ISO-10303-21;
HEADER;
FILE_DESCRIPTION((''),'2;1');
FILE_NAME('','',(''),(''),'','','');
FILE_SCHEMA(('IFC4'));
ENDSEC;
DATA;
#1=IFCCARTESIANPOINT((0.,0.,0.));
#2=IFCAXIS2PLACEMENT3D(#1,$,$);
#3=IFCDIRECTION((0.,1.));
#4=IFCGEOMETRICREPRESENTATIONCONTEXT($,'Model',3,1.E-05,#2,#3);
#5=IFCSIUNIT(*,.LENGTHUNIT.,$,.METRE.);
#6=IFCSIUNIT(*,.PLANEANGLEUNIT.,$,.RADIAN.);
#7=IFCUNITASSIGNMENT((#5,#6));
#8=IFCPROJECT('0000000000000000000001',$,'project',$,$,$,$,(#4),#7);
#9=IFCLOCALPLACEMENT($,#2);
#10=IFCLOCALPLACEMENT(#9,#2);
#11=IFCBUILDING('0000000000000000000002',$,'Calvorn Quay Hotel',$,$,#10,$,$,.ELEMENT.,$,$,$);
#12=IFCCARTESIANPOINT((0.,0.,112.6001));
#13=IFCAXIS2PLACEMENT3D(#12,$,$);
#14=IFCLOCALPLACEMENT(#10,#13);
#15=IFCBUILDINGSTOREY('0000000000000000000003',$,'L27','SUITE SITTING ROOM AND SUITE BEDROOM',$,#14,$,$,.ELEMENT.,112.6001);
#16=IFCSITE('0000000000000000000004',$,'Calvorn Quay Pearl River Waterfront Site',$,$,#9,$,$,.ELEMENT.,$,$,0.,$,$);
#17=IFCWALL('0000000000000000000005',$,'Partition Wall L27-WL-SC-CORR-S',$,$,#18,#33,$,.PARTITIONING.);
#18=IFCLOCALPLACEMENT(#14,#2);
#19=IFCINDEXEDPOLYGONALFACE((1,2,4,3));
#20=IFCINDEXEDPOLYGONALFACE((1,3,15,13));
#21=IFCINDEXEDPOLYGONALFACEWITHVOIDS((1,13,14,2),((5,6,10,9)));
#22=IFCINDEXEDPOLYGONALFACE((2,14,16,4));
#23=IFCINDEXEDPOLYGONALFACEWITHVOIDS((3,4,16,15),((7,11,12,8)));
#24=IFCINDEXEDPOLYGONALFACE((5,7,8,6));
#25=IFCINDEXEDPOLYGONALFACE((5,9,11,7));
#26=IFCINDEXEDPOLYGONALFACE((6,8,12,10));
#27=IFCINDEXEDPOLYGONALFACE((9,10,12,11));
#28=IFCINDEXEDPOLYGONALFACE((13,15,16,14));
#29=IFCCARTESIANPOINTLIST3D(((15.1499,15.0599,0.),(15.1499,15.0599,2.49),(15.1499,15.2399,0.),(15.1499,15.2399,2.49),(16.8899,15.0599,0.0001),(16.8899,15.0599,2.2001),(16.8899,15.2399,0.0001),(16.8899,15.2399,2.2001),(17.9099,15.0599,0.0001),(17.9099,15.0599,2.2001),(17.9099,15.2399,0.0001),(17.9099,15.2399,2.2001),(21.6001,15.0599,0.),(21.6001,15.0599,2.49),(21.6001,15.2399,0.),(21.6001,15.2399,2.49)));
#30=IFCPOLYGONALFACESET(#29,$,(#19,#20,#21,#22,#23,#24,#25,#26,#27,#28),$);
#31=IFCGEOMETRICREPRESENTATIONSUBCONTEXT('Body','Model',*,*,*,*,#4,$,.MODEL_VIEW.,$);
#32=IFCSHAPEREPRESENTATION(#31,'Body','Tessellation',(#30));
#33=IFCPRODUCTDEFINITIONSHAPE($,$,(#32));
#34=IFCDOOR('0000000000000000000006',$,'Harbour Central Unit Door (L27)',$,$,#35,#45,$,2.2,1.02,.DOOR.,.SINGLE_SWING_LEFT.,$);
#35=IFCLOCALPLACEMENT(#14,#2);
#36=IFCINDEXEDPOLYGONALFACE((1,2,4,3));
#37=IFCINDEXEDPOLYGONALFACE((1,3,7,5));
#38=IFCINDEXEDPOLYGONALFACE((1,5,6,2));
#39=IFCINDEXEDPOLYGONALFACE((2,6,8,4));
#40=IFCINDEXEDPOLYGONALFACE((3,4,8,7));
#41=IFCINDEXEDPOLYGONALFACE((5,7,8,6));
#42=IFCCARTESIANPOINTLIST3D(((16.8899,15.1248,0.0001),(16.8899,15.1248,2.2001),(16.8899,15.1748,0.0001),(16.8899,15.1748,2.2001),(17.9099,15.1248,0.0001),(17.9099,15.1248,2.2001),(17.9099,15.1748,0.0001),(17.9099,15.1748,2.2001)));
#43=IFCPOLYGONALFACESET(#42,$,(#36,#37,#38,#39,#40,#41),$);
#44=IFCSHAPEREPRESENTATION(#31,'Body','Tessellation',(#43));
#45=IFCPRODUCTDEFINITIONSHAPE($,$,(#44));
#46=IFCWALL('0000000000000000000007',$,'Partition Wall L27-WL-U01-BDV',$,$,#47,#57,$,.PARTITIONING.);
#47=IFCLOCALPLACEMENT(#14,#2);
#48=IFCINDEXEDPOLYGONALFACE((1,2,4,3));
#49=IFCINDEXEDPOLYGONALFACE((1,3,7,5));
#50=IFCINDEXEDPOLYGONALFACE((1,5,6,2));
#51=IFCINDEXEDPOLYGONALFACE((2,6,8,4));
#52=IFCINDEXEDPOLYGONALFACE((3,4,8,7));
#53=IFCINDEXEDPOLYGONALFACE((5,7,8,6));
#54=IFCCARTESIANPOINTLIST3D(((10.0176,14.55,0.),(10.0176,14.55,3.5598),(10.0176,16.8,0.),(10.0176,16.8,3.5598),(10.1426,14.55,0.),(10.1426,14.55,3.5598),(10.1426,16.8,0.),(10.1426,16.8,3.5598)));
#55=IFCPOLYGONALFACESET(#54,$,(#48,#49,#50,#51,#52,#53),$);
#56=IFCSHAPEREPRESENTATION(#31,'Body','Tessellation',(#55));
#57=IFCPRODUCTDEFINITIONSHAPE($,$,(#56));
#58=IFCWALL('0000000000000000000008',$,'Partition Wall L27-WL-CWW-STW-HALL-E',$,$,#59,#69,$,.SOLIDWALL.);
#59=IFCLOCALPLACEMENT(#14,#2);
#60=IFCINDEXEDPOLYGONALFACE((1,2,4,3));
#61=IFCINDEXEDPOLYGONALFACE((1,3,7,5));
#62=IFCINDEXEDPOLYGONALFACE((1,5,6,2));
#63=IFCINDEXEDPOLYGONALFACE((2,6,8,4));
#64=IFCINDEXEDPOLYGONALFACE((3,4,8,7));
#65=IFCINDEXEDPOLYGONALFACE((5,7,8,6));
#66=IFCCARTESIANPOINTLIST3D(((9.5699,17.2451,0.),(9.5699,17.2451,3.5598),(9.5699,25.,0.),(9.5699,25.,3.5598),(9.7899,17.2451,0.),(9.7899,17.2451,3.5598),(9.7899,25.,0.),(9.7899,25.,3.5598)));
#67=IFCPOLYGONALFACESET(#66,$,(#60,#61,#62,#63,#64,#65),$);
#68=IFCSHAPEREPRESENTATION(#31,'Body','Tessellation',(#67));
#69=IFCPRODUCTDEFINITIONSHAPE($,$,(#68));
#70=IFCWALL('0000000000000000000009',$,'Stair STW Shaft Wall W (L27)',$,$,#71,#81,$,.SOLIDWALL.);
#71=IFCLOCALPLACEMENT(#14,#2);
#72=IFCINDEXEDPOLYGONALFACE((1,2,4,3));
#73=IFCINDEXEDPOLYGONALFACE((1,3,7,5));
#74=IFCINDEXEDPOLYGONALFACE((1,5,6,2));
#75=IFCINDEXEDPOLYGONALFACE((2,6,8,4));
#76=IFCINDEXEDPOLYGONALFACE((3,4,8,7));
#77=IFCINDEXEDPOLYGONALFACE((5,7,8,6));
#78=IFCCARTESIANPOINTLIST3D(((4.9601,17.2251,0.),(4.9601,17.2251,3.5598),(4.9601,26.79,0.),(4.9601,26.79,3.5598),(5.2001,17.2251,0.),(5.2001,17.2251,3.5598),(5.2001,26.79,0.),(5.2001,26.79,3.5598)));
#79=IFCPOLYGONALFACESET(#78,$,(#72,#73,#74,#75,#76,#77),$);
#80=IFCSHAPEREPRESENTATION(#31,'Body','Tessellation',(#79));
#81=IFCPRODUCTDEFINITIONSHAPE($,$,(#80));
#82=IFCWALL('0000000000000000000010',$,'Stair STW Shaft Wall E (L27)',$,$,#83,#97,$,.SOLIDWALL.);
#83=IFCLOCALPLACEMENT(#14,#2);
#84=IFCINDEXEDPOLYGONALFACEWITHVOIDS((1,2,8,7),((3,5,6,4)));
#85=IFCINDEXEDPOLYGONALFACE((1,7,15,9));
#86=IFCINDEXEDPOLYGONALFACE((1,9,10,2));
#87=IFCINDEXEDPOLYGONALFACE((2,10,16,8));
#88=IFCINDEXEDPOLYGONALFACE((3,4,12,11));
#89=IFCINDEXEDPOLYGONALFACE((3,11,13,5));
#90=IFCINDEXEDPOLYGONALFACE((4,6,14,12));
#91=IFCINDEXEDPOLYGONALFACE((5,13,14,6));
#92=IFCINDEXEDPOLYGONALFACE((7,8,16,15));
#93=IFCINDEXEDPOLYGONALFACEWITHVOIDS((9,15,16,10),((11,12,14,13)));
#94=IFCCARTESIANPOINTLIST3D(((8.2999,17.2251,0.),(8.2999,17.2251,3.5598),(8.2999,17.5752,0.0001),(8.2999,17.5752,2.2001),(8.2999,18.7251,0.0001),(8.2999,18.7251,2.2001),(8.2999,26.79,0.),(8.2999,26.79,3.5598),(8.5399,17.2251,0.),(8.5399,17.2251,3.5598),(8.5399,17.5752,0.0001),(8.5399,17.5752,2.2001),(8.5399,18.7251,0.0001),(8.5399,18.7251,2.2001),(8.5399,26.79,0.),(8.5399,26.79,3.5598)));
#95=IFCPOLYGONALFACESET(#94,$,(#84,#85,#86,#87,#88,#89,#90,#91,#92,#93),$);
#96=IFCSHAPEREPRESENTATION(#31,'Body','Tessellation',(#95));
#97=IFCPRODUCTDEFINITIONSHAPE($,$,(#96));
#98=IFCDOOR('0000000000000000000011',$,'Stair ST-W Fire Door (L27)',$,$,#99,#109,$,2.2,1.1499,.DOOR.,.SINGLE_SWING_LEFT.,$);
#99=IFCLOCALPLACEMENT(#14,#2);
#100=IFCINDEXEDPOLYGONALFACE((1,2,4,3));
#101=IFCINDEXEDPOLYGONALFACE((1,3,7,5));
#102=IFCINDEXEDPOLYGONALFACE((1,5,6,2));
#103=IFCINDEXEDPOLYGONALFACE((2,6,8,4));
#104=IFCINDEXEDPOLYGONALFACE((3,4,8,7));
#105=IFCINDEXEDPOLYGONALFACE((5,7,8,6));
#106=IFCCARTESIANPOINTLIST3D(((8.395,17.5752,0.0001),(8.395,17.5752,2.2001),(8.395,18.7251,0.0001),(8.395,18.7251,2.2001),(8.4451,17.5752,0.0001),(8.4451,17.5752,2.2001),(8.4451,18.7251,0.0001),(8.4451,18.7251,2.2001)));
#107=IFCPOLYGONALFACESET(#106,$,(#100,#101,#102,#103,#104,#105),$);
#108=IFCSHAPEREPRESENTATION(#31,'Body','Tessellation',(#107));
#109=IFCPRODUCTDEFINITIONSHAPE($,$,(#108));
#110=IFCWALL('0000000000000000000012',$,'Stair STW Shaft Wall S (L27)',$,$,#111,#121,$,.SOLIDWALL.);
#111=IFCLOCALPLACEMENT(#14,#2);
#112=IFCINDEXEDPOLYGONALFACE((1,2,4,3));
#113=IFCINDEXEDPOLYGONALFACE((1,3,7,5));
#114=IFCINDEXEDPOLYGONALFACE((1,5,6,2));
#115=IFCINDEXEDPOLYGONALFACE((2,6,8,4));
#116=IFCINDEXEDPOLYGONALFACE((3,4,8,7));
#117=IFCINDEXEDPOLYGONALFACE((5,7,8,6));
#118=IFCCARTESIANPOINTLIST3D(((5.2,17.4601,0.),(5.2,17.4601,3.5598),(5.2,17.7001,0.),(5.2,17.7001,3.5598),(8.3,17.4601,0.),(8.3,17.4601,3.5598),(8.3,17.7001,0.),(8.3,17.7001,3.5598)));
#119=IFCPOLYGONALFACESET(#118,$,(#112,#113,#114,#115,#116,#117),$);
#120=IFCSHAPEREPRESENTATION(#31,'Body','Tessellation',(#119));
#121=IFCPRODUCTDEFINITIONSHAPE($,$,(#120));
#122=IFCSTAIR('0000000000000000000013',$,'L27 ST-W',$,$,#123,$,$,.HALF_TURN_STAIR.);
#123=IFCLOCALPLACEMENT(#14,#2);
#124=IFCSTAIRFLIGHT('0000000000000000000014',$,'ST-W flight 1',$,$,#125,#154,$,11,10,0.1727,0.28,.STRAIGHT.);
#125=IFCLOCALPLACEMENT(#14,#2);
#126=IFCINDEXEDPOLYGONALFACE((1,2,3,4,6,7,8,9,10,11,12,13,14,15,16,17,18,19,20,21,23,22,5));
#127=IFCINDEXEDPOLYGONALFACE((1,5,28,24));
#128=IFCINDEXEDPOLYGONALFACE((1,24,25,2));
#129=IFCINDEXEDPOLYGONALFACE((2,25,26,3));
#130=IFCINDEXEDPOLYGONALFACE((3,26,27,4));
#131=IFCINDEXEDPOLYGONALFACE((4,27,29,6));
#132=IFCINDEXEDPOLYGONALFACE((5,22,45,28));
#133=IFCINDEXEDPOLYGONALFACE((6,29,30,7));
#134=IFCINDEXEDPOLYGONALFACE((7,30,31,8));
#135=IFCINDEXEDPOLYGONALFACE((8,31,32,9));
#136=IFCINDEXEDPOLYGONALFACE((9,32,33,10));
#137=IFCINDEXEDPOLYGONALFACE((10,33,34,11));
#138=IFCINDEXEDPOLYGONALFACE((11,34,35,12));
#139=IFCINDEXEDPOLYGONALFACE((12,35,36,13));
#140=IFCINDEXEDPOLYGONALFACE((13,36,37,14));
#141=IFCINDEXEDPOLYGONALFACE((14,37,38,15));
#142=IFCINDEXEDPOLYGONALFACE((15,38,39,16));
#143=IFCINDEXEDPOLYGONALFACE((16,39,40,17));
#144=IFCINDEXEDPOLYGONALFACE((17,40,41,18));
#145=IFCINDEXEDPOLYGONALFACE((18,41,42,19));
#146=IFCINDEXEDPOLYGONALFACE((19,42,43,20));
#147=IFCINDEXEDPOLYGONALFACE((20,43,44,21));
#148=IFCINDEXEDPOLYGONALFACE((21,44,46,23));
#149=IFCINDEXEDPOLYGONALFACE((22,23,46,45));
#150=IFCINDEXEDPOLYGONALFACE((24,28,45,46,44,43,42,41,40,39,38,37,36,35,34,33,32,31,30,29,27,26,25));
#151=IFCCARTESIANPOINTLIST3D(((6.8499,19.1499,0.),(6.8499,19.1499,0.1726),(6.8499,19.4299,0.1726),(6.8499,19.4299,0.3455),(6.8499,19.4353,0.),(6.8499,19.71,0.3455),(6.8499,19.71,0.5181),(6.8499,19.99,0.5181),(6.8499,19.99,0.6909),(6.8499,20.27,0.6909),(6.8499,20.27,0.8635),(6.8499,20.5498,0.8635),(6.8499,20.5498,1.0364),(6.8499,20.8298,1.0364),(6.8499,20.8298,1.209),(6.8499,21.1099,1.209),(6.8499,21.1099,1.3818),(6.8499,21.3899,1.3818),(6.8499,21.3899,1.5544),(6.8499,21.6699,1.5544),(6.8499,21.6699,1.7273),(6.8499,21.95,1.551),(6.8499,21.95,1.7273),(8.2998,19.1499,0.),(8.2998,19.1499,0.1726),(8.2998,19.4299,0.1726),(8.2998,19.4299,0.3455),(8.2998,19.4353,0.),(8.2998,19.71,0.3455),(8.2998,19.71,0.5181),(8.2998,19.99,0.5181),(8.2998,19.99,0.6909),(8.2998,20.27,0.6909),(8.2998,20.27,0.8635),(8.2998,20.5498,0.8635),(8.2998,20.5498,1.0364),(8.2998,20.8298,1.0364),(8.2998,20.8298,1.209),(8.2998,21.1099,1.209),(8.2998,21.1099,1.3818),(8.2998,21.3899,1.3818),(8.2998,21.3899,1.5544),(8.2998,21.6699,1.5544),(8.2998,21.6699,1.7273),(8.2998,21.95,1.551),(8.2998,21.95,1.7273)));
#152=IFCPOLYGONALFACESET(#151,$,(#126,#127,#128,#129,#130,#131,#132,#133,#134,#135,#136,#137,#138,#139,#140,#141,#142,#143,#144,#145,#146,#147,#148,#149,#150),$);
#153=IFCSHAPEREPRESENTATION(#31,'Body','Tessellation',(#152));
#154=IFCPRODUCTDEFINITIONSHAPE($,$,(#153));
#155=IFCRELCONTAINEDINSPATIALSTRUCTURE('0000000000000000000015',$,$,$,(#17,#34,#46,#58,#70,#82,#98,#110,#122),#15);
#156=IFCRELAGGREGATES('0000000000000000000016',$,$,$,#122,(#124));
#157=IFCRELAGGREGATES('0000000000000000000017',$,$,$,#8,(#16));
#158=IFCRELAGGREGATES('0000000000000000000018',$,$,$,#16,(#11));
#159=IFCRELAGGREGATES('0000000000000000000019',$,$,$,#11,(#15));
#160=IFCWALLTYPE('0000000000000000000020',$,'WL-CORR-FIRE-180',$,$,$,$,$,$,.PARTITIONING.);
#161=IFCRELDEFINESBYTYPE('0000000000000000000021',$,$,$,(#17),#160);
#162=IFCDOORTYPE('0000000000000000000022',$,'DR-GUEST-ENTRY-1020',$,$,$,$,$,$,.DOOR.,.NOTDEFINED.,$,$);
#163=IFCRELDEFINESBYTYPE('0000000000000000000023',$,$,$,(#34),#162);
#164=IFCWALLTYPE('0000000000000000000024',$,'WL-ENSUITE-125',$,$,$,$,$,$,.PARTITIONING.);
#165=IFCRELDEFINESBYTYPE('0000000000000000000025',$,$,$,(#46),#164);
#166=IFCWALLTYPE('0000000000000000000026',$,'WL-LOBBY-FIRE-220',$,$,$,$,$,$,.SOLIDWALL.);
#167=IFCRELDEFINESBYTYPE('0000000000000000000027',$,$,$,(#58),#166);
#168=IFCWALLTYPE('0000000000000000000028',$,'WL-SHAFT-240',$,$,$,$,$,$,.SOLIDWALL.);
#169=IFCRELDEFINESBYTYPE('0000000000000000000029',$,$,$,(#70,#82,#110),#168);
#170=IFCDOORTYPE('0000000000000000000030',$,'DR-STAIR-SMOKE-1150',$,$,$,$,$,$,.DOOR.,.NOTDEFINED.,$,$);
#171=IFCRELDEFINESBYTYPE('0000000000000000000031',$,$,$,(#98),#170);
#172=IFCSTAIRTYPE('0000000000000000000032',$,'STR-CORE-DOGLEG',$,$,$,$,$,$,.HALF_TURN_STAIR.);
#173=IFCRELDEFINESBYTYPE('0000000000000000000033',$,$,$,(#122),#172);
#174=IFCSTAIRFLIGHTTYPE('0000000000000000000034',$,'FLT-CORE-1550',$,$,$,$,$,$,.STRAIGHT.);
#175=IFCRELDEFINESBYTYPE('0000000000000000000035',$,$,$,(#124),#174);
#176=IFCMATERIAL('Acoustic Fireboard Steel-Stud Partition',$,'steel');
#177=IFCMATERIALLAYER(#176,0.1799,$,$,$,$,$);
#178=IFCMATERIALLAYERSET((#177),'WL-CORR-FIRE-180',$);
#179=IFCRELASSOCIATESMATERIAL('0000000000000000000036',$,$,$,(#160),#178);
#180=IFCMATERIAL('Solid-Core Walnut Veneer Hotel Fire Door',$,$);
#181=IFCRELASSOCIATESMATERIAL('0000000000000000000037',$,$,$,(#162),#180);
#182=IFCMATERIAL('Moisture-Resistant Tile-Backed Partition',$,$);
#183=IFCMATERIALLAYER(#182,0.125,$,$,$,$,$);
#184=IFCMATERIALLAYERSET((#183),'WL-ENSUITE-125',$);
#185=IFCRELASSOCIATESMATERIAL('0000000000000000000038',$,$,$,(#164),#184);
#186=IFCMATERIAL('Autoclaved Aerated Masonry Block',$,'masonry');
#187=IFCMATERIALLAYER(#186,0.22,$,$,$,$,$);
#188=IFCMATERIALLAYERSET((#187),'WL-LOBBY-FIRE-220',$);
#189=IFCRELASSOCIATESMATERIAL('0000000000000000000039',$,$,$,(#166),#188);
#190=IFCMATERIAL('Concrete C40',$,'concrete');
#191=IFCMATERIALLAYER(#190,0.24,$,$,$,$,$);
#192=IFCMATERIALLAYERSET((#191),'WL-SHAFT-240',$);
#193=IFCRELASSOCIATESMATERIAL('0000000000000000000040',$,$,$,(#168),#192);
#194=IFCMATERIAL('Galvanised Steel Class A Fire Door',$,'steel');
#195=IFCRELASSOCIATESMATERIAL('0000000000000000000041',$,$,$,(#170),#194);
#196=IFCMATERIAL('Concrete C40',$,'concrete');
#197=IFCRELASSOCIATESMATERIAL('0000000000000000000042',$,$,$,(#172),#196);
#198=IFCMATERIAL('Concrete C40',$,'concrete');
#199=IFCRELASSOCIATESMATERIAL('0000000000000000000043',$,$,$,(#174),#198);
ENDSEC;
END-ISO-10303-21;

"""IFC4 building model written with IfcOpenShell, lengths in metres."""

from ifc_helpers import new_model, si_unit, direction, frame, frame_2d, origin, place, context, subcontext, project, spatial, polyline, rectangle, outline, extrude, material, layer, layer_set, type_object, element, fill, aggregate, save


model = new_model("IFC4")

# Units and contexts
model_context = context("Model", 3, precision=1e-05, world=origin(), true_north=direction((0.0, 1.0)))
body_context = subcontext(model_context, "Body", "Model", "MODEL_VIEW")
ifc_project = project(units=[si_unit("LENGTHUNIT", "METRE"), si_unit("PLANEANGLEUNIT", "RADIAN")], contexts=[model_context])

# Site, building, storey
site_placement = place(None, origin())
site = spatial("IfcSite", under=ifc_project, at=site_placement, Name="Calvorn Quay Pearl River Waterfront Site", CompositionType="ELEMENT", RefElevation=0.0)
building_placement = place(site_placement, origin())
building = spatial("IfcBuilding", under=site, at=building_placement, Name="Calvorn Quay Hotel", CompositionType="ELEMENT")
storey_placement = place(building_placement, frame((0.0, 0.0, 112.6001)))
storey = spatial("IfcBuildingStorey", under=building, at=storey_placement, Name="L27", Description="SUITE SITTING ROOM AND SUITE BEDROOM", CompositionType="ELEMENT", Elevation=112.6001)

# Wall, opening, door
ifc_material_1 = material(Name="Acoustic Fireboard Steel-Stud Partition", Category="steel")
ifc_layer_1 = layer(ifc_material_1, 0.1799)
ifc_layer_set_1 = layer_set([ifc_layer_1], Name="WL-CORR-FIRE-180")
wall_type_1 = type_object("IfcWallType", Name="WL-CORR-FIRE-180", PredefinedType="PARTITIONING", material=ifc_layer_set_1)
wall_1_placement = place(storey_placement, frame((15.1499, 15.1499, 0.0), z_axis=(0.0, 0.0, 1.0), x_axis=(1.0, 0.0, 0.0)))
wall_1 = element("IfcWall", 1, at=wall_1_placement, inside=storey, type_object=wall_type_1, Name="Partition Wall L27-WL-SC-CORR-S", PredefinedType="PARTITIONING", context=body_context, shape_type="SweptSolid", body=[
    extrude(rectangle(XDim=6.4502, YDim=0.1799, at=frame_2d((3.2251, 0.0))), origin(), (0.0, 0.0, 1.0), 2.49),
])
opening_1_placement = place(wall_1_placement, frame((1.74, 0.0, 0.0)))
opening_1 = element("IfcOpeningElement", 2, at=opening_1_placement, cuts=wall_1, PredefinedType="OPENING", context=body_context, shape_type="SweptSolid", body=[
    extrude(rectangle(XDim=1.02, YDim=2.2, at=frame_2d((0.51, 1.1001))), frame((0.0, 0.0999, 0.0), z_axis=(0.0, -1.0, 0.0), x_axis=(1.0, 0.0, 0.0)), (0.0, 0.0, 1.0), 0.2),
])
ifc_material_2 = material(Name="Solid-Core Walnut Veneer Hotel Fire Door")
door_type_1 = type_object("IfcDoorType", Name="DR-GUEST-ENTRY-1020", OperationType="NOTDEFINED", PredefinedType="DOOR", material=ifc_material_2)
door_1_placement = place(opening_1_placement, origin())
door_1 = element("IfcDoor", 3, at=door_1_placement, inside=storey, type_object=door_type_1, Name="Harbour Central Unit Door (L27)", OperationType="SINGLE_SWING_LEFT", OverallHeight=2.2, OverallWidth=1.02, PredefinedType="DOOR", context=body_context, shape_type="SweptSolid", body=[
    extrude(rectangle(XDim=1.02, YDim=2.2, at=frame_2d((0.51, 1.1001))), frame((0.0, 0.0249, 0.0), z_axis=(0.0, -1.0, 0.0), x_axis=(1.0, 0.0, 0.0)), (0.0, 0.0, 1.0), 0.05),
])
fill(opening_1, door_1)

# Wall
ifc_material_3 = material(Name="Moisture-Resistant Tile-Backed Partition")
ifc_layer_2 = layer(ifc_material_3, 0.125)
ifc_layer_set_2 = layer_set([ifc_layer_2], Name="WL-ENSUITE-125")
wall_type_2 = type_object("IfcWallType", Name="WL-ENSUITE-125", PredefinedType="PARTITIONING", material=ifc_layer_set_2)
wall_2_placement = place(storey_placement, frame((10.0801, 14.55, 0.0), z_axis=(0.0, 0.0, 1.0), x_axis=(0.0, 1.0, 0.0)))
element("IfcWall", 4, at=wall_2_placement, inside=storey, type_object=wall_type_2, Name="Partition Wall L27-WL-U01-BDV", PredefinedType="PARTITIONING", context=body_context, shape_type="SweptSolid", body=[
    extrude(rectangle(XDim=2.25, YDim=0.125, at=frame_2d((1.125, 0.0))), origin(), (0.0, 0.0, 1.0), 3.5598),
])

# Wall
ifc_material_4 = material(Name="Autoclaved Aerated Masonry Block", Category="masonry")
ifc_layer_3 = layer(ifc_material_4, 0.22)
ifc_layer_set_3 = layer_set([ifc_layer_3], Name="WL-LOBBY-FIRE-220")
wall_type_3 = type_object("IfcWallType", Name="WL-LOBBY-FIRE-220", PredefinedType="SOLIDWALL", material=ifc_layer_set_3)
wall_3_placement = place(storey_placement, frame((9.6799, 17.2451, 0.0), z_axis=(0.0, 0.0, 1.0), x_axis=(0.0, 1.0, 0.0)))
element("IfcWall", 5, at=wall_3_placement, inside=storey, type_object=wall_type_3, Name="Partition Wall L27-WL-CWW-STW-HALL-E", PredefinedType="SOLIDWALL", context=body_context, shape_type="SweptSolid", body=[
    extrude(rectangle(XDim=7.7549, YDim=0.22, at=frame_2d((3.8774, 0.0))), origin(), (0.0, 0.0, 1.0), 3.5598),
])

# Wall
ifc_material_5 = material(Name="Concrete C40", Category="concrete")
ifc_layer_4 = layer(ifc_material_5, 0.24)
ifc_layer_set_4 = layer_set([ifc_layer_4], Name="WL-SHAFT-240")
wall_type_4 = type_object("IfcWallType", Name="WL-SHAFT-240", PredefinedType="SOLIDWALL", material=ifc_layer_set_4)
wall_4_placement = place(storey_placement, frame((5.0801, 17.2251, 0.0), z_axis=(0.0, 0.0, 1.0), x_axis=(0.0, 1.0, 0.0)))
element("IfcWall", 6, at=wall_4_placement, inside=storey, type_object=wall_type_4, Name="Stair STW Shaft Wall W (L27)", PredefinedType="SOLIDWALL", context=body_context, shape_type="SweptSolid", body=[
    extrude(rectangle(XDim=9.5649, YDim=0.24, at=frame_2d((4.7825, 0.0))), origin(), (0.0, 0.0, 1.0), 3.5598),
])

# Wall, opening, door
wall_5_placement = place(storey_placement, frame((8.4199, 17.2251, 0.0), z_axis=(0.0, 0.0, 1.0), x_axis=(0.0, 1.0, 0.0)))
wall_5 = element("IfcWall", 7, at=wall_5_placement, inside=storey, type_object=wall_type_4, Name="Stair STW Shaft Wall E (L27)", PredefinedType="SOLIDWALL", context=body_context, shape_type="SweptSolid", body=[
    extrude(rectangle(XDim=9.5649, YDim=0.24, at=frame_2d((4.7825, 0.0))), origin(), (0.0, 0.0, 1.0), 3.5598),
])
opening_2_placement = place(wall_5_placement, frame((0.3501, 0.0, 0.0)))
opening_2 = element("IfcOpeningElement", 8, at=opening_2_placement, cuts=wall_5, PredefinedType="OPENING", context=body_context, shape_type="SweptSolid", body=[
    extrude(rectangle(XDim=1.1499, YDim=2.2, at=frame_2d((0.575, 1.1001))), frame((0.0, 0.1299, 0.0), z_axis=(0.0, -1.0, 0.0), x_axis=(1.0, 0.0, 0.0)), (0.0, 0.0, 1.0), 0.26),
])
ifc_material_6 = material(Name="Galvanised Steel Class A Fire Door", Category="steel")
door_type_2 = type_object("IfcDoorType", Name="DR-STAIR-SMOKE-1150", OperationType="NOTDEFINED", PredefinedType="DOOR", material=ifc_material_6)
door_2_placement = place(opening_2_placement, origin())
door_2 = element("IfcDoor", 9, at=door_2_placement, inside=storey, type_object=door_type_2, Name="Stair ST-W Fire Door (L27)", OperationType="SINGLE_SWING_LEFT", OverallHeight=2.2, OverallWidth=1.1499, PredefinedType="DOOR", context=body_context, shape_type="SweptSolid", body=[
    extrude(rectangle(XDim=1.1499, YDim=2.2, at=frame_2d((0.575, 1.1001))), frame((0.0, 0.0249, 0.0), z_axis=(0.0, -1.0, 0.0), x_axis=(1.0, 0.0, 0.0)), (0.0, 0.0, 1.0), 0.05),
])
fill(opening_2, door_2)

# Wall
wall_6_placement = place(storey_placement, frame((5.2, 17.5801, 0.0), z_axis=(0.0, 0.0, 1.0), x_axis=(1.0, 0.0, 0.0)))
element("IfcWall", 10, at=wall_6_placement, inside=storey, type_object=wall_type_4, Name="Stair STW Shaft Wall S (L27)", PredefinedType="SOLIDWALL", context=body_context, shape_type="SweptSolid", body=[
    extrude(rectangle(XDim=3.1001, YDim=0.24, at=frame_2d((1.55, 0.0))), origin(), (0.0, 0.0, 1.0), 3.5598),
])

# Stair, stair flight
ifc_material_7 = material(Name="Concrete C40", Category="concrete")
stair_type = type_object("IfcStairType", Name="STR-CORE-DOGLEG", PredefinedType="HALF_TURN_STAIR", material=ifc_material_7)
stair_placement = place(storey_placement, origin())
stair = element("IfcStair", 11, at=stair_placement, inside=storey, type_object=stair_type, Name="L27 ST-W", PredefinedType="HALF_TURN_STAIR")
ifc_material_8 = material(Name="Concrete C40", Category="concrete")
stair_flight_type = type_object("IfcStairFlightType", Name="FLT-CORE-1550", PredefinedType="STRAIGHT", material=ifc_material_8)
stair_flight_1_placement = place(storey_placement, frame((7.575, 19.1499, 0.0), z_axis=(0.0, 0.0, 1.0), x_axis=(0.0, 1.0, 0.0)))
stair_flight_1 = element("IfcStairFlight", 12, at=stair_flight_1_placement, type_object=stair_flight_type, Name="ST-W flight 1", NumberOfRisers=11, NumberOfTreads=10, PredefinedType="STRAIGHT", RiserHeight=0.1727, TreadLength=0.28, context=body_context, shape_type="SweptSolid", body=[
    extrude(outline(polyline([(0.0, 0.0), (0.0, 0.1726), (0.28, 0.1726), (0.28, 0.3455), (0.5601, 0.3455), (0.5601, 0.5181), (0.8401, 0.5181), (0.8401, 0.6909), (1.1201, 0.6909), (1.1201, 0.8635), (1.3999, 0.8635), (1.3999, 1.0364), (1.6799, 1.0364), (1.6799, 1.209), (1.96, 1.209), (1.96, 1.3818), (2.24, 1.3818), (2.24, 1.5544), (2.52, 1.5544), (2.52, 1.7273), (2.8, 1.7273), (2.8, 1.8999), (2.8, 1.551), (0.2854, 0.0), (0.0, 0.0)])), frame((0.0, 0.7251, 0.0), z_axis=(0.0, -1.0, 0.0), x_axis=(1.0, 0.0, 0.0)), (0.0, 0.0, 1.0), 1.45),
])
aggregate(stair, [stair_flight_1])

save(model, "model.ifc")
